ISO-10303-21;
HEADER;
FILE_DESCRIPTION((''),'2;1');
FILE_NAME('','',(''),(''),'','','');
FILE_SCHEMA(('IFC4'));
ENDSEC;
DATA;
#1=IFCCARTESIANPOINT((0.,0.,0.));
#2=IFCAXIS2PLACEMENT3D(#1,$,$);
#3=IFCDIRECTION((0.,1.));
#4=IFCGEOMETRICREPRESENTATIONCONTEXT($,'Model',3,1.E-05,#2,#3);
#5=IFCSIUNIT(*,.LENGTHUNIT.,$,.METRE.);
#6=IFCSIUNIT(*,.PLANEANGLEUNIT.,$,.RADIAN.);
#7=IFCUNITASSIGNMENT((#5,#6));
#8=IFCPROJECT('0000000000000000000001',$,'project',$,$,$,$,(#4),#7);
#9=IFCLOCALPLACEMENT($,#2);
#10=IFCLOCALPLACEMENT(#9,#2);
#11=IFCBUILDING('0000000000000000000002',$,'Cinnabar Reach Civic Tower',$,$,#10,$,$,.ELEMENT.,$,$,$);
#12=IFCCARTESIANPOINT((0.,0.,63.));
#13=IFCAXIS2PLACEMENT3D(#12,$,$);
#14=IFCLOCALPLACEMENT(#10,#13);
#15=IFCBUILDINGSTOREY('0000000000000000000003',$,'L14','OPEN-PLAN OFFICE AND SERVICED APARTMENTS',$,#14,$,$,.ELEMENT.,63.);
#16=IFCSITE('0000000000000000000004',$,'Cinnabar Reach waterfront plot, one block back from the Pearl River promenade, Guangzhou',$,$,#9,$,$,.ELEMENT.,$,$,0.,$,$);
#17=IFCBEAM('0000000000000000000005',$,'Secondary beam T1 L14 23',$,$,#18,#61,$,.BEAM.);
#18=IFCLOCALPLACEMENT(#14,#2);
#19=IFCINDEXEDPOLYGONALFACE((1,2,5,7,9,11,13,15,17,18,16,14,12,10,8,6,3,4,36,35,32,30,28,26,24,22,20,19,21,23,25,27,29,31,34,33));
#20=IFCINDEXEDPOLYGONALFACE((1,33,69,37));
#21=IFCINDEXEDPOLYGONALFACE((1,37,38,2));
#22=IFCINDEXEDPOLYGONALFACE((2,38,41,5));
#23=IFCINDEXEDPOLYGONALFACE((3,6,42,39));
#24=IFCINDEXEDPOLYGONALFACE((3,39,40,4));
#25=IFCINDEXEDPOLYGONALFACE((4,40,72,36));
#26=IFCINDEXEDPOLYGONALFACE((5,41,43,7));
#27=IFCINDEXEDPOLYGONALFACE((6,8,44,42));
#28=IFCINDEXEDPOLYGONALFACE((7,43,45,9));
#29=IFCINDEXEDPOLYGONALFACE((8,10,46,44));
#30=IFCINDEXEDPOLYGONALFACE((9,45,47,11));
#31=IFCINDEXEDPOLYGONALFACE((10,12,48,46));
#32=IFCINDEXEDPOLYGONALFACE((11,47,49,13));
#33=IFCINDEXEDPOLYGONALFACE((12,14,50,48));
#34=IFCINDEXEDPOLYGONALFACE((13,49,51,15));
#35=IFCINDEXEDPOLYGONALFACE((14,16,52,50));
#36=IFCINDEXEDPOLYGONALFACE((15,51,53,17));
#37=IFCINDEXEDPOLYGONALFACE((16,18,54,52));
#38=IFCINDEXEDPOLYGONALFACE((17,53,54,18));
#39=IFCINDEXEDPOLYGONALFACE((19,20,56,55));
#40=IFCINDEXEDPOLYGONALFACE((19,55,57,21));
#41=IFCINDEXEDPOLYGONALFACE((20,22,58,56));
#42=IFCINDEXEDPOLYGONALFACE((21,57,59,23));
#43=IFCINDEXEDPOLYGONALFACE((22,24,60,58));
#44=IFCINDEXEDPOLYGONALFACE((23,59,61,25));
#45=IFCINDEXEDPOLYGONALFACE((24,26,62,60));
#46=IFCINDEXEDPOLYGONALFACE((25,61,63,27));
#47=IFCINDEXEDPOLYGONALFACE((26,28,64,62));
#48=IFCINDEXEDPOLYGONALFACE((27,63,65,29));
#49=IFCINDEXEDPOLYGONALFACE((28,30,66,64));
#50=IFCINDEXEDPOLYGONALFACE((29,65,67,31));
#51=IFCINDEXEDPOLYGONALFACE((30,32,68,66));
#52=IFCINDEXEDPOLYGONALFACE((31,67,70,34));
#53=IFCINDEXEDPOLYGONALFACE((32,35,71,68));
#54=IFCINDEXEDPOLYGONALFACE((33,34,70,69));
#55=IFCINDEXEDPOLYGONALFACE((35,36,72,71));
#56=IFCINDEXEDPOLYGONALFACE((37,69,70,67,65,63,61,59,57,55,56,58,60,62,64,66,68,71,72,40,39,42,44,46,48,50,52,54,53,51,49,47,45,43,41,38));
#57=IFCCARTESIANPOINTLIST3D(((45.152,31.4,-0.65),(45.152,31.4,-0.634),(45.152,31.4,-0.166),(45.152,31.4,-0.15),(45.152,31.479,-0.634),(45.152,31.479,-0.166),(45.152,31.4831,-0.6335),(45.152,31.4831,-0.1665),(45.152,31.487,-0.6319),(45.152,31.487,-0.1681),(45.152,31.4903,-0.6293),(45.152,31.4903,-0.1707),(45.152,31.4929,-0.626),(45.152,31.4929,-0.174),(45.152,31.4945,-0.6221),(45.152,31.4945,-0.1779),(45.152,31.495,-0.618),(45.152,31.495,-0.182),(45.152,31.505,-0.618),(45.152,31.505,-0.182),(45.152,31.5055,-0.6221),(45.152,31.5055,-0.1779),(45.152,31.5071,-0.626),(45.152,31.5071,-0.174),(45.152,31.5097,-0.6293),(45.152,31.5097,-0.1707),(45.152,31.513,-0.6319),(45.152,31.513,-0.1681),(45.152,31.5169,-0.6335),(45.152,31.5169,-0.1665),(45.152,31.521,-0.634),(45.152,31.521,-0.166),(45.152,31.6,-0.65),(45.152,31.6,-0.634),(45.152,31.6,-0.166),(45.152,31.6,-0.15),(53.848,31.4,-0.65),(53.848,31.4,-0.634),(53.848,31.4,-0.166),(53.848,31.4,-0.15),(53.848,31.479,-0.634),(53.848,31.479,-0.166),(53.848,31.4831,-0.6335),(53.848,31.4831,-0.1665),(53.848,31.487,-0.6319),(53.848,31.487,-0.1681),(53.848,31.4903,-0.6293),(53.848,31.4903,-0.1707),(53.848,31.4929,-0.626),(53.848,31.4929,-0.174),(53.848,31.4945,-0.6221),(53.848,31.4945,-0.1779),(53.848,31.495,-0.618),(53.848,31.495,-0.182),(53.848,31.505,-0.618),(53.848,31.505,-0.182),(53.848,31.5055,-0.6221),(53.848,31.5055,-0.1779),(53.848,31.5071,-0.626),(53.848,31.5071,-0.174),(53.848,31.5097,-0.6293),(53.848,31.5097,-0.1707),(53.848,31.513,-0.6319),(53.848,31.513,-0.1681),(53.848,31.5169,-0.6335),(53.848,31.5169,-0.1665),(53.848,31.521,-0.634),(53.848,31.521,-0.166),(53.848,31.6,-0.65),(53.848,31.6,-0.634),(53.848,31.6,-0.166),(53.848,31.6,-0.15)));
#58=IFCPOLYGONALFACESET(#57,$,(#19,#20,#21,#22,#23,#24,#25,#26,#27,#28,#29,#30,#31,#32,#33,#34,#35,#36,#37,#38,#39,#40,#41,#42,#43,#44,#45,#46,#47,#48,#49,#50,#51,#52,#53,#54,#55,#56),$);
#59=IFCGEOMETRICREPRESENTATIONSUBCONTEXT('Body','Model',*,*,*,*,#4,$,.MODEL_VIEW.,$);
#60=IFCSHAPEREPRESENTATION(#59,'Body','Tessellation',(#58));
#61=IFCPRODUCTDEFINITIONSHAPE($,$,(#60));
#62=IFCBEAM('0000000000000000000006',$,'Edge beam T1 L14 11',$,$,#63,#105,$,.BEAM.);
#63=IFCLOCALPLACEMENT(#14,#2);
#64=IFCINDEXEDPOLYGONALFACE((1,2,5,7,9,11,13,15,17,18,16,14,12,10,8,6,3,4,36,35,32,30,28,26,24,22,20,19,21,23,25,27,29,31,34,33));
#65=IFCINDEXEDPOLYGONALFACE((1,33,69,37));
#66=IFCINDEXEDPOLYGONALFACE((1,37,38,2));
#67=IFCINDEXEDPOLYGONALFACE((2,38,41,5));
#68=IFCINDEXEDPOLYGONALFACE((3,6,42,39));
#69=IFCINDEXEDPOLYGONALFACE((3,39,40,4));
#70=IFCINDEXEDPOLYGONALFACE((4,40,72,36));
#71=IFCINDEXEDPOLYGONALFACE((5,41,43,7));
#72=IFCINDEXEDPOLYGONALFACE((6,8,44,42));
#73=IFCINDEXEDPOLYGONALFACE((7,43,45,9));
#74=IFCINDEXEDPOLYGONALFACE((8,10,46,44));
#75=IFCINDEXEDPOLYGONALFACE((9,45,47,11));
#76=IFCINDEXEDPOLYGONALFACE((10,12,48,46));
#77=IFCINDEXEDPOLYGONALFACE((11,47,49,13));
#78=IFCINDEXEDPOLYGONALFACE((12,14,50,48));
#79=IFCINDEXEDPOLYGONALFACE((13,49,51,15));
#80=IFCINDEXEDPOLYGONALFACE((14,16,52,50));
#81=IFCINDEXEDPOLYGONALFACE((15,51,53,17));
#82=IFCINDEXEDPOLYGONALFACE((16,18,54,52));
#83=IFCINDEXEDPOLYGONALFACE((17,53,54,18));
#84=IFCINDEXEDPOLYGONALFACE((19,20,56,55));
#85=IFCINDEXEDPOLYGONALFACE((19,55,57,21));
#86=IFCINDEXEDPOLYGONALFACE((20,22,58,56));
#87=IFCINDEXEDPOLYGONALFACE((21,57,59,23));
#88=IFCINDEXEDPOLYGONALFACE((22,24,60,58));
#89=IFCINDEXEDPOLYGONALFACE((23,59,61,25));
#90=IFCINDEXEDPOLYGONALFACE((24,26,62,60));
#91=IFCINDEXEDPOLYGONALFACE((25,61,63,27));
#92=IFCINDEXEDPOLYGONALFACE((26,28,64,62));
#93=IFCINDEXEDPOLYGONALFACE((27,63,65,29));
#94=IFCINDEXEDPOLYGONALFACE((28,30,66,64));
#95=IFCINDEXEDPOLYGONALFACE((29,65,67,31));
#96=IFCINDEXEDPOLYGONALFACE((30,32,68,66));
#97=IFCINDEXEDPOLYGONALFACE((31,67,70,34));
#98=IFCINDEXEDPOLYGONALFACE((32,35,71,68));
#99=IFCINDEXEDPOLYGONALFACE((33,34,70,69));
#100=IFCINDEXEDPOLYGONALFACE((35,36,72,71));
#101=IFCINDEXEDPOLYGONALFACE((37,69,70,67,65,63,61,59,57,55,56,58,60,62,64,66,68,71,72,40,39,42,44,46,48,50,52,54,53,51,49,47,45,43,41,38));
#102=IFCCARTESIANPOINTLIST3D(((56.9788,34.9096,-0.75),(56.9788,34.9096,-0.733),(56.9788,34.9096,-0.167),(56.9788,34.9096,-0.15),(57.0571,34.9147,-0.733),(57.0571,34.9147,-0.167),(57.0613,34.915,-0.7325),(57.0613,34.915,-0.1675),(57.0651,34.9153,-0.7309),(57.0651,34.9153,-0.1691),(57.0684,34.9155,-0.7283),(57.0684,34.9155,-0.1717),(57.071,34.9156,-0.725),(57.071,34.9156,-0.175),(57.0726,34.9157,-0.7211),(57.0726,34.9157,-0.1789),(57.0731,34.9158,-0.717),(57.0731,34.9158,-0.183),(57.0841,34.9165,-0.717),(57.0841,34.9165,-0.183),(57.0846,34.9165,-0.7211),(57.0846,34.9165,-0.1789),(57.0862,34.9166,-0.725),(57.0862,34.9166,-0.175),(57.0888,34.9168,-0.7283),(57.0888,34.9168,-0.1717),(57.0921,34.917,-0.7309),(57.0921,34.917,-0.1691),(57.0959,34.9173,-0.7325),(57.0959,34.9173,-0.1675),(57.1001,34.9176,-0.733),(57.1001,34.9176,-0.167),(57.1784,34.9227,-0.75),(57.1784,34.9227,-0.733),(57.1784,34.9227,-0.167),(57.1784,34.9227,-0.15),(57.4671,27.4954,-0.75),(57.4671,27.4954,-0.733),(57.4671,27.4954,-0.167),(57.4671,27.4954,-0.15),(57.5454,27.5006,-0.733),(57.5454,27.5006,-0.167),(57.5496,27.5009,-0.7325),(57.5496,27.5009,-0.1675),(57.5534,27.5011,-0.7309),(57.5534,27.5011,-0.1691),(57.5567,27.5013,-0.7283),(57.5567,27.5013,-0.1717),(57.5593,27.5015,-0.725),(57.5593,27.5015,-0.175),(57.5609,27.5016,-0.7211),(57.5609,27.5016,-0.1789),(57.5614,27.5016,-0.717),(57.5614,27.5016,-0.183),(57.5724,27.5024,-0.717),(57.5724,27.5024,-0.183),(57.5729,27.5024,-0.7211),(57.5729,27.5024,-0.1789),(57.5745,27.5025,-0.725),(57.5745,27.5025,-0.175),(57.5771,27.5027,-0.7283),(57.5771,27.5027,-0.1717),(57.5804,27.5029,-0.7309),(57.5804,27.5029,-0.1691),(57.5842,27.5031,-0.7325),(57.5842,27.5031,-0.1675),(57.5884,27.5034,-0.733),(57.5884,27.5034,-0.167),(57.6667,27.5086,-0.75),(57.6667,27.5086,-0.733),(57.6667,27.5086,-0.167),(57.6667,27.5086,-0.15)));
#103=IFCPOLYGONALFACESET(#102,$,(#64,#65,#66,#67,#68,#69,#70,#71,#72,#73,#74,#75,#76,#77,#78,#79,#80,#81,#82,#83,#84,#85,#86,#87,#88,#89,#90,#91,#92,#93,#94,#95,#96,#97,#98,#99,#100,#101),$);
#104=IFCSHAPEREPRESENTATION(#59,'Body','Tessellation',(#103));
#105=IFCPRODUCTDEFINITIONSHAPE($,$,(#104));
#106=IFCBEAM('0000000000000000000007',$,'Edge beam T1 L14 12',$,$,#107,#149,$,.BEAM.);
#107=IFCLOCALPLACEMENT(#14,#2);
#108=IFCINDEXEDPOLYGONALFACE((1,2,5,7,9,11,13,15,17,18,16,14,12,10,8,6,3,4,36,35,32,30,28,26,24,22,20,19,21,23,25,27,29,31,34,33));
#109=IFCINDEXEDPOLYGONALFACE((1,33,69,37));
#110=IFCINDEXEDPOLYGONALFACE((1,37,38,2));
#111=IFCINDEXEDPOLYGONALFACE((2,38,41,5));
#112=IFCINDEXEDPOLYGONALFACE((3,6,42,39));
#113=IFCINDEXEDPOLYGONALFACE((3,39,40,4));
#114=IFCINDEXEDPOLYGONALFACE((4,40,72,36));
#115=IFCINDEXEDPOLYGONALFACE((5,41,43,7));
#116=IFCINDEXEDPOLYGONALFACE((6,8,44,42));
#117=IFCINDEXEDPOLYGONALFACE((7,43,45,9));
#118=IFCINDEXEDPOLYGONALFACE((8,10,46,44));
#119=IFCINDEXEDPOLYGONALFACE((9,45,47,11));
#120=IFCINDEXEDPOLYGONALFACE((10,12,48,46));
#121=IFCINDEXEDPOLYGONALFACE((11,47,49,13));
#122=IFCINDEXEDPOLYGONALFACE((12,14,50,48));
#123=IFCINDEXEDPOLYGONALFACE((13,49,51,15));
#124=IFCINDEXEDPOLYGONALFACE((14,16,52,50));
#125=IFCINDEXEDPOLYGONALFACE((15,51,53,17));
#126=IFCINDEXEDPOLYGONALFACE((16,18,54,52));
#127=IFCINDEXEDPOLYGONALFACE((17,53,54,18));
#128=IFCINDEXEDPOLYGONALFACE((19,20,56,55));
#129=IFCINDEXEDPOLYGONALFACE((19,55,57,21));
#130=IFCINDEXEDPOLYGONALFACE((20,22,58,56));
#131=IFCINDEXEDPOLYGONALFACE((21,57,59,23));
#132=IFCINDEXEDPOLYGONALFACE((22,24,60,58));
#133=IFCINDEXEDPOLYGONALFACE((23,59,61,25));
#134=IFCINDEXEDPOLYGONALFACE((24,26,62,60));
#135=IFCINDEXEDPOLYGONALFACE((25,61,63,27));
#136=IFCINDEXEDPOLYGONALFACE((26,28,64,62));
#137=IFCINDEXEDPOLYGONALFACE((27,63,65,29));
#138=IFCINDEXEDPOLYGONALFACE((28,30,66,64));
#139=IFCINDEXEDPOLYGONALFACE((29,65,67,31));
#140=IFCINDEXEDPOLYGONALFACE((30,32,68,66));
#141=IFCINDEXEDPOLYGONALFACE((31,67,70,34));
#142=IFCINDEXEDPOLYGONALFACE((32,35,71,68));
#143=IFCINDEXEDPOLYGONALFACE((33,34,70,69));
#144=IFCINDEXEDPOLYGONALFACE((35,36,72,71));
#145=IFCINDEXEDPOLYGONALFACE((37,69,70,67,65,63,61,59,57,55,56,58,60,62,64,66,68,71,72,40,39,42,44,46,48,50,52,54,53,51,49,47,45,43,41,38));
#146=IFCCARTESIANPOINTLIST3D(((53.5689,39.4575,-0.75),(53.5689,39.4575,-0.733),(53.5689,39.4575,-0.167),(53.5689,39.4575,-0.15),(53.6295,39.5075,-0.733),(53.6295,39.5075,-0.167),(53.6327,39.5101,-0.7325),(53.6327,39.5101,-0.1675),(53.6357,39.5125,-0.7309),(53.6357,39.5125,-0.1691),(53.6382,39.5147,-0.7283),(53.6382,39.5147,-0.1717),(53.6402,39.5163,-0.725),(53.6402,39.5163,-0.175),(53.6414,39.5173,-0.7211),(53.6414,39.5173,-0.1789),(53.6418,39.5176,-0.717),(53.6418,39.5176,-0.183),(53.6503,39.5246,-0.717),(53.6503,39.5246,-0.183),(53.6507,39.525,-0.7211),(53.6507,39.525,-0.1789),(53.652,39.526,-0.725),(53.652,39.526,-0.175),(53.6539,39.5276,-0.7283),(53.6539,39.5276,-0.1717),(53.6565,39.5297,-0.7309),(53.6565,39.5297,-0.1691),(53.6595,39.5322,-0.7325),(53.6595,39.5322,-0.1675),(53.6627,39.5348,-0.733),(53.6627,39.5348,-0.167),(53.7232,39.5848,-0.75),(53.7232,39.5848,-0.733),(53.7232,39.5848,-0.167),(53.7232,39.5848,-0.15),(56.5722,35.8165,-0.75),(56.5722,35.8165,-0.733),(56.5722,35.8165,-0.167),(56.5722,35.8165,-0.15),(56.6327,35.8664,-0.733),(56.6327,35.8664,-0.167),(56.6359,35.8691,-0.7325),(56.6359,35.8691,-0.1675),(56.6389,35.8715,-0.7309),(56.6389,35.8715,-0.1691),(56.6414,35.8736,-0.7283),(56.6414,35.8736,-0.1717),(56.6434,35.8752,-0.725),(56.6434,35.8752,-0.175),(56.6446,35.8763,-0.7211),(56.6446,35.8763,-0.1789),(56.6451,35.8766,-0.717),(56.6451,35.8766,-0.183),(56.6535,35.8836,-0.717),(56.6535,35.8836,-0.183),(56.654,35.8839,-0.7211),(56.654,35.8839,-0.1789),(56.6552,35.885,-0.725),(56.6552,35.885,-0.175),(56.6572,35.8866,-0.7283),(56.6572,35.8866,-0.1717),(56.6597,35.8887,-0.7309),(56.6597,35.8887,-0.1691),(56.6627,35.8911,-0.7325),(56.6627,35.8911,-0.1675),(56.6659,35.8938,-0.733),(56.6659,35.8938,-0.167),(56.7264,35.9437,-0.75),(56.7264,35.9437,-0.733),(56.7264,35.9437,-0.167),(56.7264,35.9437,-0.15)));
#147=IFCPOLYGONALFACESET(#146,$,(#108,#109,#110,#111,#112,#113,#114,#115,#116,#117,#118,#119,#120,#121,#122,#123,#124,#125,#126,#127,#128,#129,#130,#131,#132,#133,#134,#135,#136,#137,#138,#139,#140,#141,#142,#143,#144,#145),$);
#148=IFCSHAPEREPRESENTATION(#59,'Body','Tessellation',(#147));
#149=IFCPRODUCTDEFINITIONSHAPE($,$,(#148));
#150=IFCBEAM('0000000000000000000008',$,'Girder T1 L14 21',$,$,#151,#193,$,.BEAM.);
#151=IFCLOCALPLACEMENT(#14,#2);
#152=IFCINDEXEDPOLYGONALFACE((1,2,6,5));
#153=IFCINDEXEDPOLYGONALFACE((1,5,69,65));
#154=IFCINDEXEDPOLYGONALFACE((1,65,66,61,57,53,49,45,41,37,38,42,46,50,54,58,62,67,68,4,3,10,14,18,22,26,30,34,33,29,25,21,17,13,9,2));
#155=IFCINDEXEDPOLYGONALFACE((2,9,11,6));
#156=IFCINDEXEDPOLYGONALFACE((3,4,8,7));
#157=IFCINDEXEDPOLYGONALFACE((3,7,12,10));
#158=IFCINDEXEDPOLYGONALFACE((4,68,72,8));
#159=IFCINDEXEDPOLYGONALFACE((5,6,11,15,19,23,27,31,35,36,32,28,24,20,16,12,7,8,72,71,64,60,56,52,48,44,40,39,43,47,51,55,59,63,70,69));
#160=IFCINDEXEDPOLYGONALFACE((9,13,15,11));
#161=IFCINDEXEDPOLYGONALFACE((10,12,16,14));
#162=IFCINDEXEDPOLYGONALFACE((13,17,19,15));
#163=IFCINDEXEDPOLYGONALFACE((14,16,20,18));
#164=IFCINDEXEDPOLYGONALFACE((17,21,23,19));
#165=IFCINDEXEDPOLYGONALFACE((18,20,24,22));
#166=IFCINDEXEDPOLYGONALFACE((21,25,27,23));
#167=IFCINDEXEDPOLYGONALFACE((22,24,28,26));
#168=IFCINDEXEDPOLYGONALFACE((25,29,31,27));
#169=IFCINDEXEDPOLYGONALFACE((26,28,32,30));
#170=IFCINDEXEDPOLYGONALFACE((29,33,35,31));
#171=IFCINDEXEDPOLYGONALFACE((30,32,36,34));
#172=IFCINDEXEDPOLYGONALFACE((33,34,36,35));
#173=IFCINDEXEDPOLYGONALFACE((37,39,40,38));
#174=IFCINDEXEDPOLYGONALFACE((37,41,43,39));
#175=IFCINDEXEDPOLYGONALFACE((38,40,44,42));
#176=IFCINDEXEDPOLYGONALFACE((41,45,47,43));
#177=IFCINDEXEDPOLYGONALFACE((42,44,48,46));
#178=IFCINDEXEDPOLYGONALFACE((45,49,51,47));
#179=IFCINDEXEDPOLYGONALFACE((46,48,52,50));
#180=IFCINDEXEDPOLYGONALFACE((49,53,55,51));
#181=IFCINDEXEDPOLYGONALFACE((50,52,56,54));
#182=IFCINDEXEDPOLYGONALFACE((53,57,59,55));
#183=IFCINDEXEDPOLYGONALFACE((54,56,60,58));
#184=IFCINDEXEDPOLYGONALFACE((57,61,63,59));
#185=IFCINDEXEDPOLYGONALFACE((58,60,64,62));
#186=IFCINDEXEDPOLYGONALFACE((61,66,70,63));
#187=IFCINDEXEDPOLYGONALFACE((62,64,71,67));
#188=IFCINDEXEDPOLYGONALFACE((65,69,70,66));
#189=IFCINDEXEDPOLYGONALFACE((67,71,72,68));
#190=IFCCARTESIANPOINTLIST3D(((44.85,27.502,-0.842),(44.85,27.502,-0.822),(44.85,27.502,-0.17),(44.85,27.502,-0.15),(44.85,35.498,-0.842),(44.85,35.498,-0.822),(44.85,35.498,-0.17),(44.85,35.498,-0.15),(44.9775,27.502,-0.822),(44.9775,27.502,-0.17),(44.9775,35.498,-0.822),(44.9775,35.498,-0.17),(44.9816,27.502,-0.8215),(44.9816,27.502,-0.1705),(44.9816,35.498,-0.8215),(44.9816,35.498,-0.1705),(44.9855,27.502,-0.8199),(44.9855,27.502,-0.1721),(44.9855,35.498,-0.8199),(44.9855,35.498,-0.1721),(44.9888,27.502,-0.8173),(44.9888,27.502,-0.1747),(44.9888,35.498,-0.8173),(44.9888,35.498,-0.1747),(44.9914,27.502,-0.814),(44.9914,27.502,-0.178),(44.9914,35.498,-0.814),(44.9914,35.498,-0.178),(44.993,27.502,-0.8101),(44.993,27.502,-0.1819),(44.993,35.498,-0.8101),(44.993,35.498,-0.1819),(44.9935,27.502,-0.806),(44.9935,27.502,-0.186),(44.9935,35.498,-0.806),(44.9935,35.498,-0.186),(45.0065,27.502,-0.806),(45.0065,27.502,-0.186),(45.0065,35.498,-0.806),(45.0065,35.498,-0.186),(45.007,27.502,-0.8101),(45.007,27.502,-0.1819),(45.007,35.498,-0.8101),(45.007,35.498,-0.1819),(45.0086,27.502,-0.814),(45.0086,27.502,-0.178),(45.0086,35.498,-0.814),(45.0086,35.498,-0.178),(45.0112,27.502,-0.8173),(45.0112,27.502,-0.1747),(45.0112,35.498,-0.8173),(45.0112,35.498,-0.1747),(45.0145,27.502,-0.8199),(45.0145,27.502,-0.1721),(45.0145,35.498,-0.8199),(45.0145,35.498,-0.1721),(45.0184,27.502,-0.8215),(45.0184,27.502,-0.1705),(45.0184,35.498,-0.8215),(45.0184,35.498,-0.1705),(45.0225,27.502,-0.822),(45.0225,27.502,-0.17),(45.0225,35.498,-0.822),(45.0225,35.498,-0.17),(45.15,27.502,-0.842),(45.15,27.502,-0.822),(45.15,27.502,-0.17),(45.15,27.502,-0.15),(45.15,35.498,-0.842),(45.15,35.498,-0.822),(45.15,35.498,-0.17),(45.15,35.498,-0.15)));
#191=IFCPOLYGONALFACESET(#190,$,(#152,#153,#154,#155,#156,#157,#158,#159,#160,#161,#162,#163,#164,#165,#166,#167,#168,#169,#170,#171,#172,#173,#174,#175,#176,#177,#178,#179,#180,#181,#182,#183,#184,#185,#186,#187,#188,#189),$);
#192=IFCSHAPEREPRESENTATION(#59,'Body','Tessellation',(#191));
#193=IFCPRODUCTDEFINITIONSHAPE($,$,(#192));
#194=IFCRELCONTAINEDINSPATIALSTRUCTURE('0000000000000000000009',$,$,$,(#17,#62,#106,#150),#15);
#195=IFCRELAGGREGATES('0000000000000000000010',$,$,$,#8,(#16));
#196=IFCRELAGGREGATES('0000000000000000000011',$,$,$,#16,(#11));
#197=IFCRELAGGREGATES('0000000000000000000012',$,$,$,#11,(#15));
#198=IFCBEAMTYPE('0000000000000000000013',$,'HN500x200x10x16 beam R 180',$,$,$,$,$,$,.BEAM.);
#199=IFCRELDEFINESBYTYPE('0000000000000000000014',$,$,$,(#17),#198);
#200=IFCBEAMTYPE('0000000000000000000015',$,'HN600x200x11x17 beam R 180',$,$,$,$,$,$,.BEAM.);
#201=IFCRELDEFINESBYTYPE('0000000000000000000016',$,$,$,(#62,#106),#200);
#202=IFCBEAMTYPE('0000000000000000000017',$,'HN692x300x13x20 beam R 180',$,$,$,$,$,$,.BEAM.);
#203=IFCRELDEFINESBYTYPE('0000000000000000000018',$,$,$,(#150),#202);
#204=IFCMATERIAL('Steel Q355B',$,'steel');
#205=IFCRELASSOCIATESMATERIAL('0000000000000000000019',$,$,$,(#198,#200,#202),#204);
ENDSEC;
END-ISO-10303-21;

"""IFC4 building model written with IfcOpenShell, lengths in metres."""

from ifc_helpers import new_model, si_unit, direction, frame, origin, origin_2d, place, context, subcontext, project, spatial, i_section, extrude, material, material_profile, profile_set, type_object, element, save


model = new_model("IFC4")

# Units and contexts
model_context = context("Model", 3, precision=1e-05, world=origin(), true_north=direction((0.0, 1.0)))
body_context = subcontext(model_context, "Body", "Model", "MODEL_VIEW")
ifc_project = project(units=[si_unit("LENGTHUNIT", "METRE"), si_unit("PLANEANGLEUNIT", "RADIAN")], contexts=[model_context])

# Site, building, storey
site_placement = place(None, origin())
site = spatial("IfcSite", under=ifc_project, at=site_placement, Name="Cinnabar Reach waterfront plot, one block back from the Pearl River promenade, Guangzhou", CompositionType="ELEMENT", RefElevation=0.0)
building_placement = place(site_placement, origin())
building = spatial("IfcBuilding", under=site, at=building_placement, Name="Cinnabar Reach Civic Tower", CompositionType="ELEMENT")
storey_placement = place(building_placement, frame((0.0, 0.0, 63.0)))
storey = spatial("IfcBuildingStorey", under=building, at=storey_placement, Name="L14", Description="OPEN-PLAN OFFICE AND SERVICED APARTMENTS", CompositionType="ELEMENT", Elevation=63.0)

# Beams
ifc_material_1 = material(Name="Steel Q355B", Category="steel")
ifc_material_profile_1 = material_profile(ifc_material_1, i_section(OverallWidth=0.2, OverallDepth=0.5, WebThickness=0.01, FlangeThickness=0.016, FilletRadius=0.016, at=origin_2d()), Name="HN500x200x10x16")
ifc_profile_set_1 = profile_set([ifc_material_profile_1], Name="Steel Q355B")
beam_type_1 = type_object("IfcBeamType", Name="HN500x200x10x16 beam R 180", PredefinedType="BEAM", material=ifc_profile_set_1)
beam_1_placement = place(storey_placement, frame((45.152, 31.5, -0.4), z_axis=(1.0, 0.0, 0.0), x_axis=(0.0, 1.0, 0.0)))
element("IfcBeam", 1, at=beam_1_placement, inside=storey, type_object=beam_type_1, Name="Secondary beam T1 L14 23", PredefinedType="BEAM", context=body_context, shape_type="SweptSolid", body=[
    extrude(i_section(OverallWidth=0.2, OverallDepth=0.5, WebThickness=0.01, FlangeThickness=0.016, FilletRadius=0.016, at=origin_2d()), origin(), (0.0, 0.0, 1.0), 8.696),
])
ifc_material_profile_2 = material_profile(ifc_material_1, i_section(OverallWidth=0.2, OverallDepth=0.6, WebThickness=0.011, FlangeThickness=0.017, FilletRadius=0.016, at=origin_2d()), Name="HN600x200x11x17")
ifc_profile_set_2 = profile_set([ifc_material_profile_2], Name="Steel Q355B")
beam_type_2 = type_object("IfcBeamType", Name="HN600x200x11x17 beam R 180", PredefinedType="BEAM", material=ifc_profile_set_2)
beam_2_placement = place(storey_placement, frame((57.5669, 27.502, -0.45), z_axis=(-0.065719, 0.997838, 0.0), x_axis=(-0.997838, -0.065719, 0.0)))
element("IfcBeam", 2, at=beam_2_placement, inside=storey, type_object=beam_type_2, Name="Edge beam T1 L14 11", PredefinedType="BEAM", context=body_context, shape_type="SweptSolid", body=[
    extrude(i_section(OverallWidth=0.2, OverallDepth=0.6, WebThickness=0.011, FlangeThickness=0.017, FilletRadius=0.016, at=origin_2d()), origin(), (0.0, 0.0, 1.0), 7.4302),
])
beam_3_placement = place(storey_placement, frame((56.6493, 35.8801, -0.45), z_axis=(-0.636304, 0.771438, 0.0), x_axis=(-0.771438, -0.636304, 0.0)))
element("IfcBeam", 3, at=beam_3_placement, inside=storey, type_object=beam_type_2, Name="Edge beam T1 L14 12", PredefinedType="BEAM", context=body_context, shape_type="SweptSolid", body=[
    extrude(i_section(OverallWidth=0.2, OverallDepth=0.6, WebThickness=0.011, FlangeThickness=0.017, FilletRadius=0.016, at=origin_2d()), origin(), (0.0, 0.0, 1.0), 4.7198),
])
ifc_material_profile_3 = material_profile(ifc_material_1, i_section(OverallWidth=0.3, OverallDepth=0.692, WebThickness=0.013, FlangeThickness=0.02, FilletRadius=0.016, at=origin_2d()), Name="HN692x300x13x20")
ifc_profile_set_3 = profile_set([ifc_material_profile_3], Name="Steel Q355B")
beam_type_3 = type_object("IfcBeamType", Name="HN692x300x13x20 beam R 180", PredefinedType="BEAM", material=ifc_profile_set_3)
for number, where, z_axis, x_axis, name in (
    (4, (45.0, 27.502, -0.496), (0.0, 1.0, 0.0), (-1.0, 0.0, 0.0), "Girder T1 L14 21"),
):
    element("IfcBeam", number, at=place(storey_placement, frame(where, z_axis=z_axis, x_axis=x_axis)), inside=storey, type_object=beam_type_3, Name=name, PredefinedType="BEAM", context=body_context, shape_type="SweptSolid", body=[
        extrude(i_section(OverallWidth=0.3, OverallDepth=0.692, WebThickness=0.013, FlangeThickness=0.02, FilletRadius=0.016, at=origin_2d()), origin(), (0.0, 0.0, 1.0), 7.996),
    ])

save(model, "model.ifc")
